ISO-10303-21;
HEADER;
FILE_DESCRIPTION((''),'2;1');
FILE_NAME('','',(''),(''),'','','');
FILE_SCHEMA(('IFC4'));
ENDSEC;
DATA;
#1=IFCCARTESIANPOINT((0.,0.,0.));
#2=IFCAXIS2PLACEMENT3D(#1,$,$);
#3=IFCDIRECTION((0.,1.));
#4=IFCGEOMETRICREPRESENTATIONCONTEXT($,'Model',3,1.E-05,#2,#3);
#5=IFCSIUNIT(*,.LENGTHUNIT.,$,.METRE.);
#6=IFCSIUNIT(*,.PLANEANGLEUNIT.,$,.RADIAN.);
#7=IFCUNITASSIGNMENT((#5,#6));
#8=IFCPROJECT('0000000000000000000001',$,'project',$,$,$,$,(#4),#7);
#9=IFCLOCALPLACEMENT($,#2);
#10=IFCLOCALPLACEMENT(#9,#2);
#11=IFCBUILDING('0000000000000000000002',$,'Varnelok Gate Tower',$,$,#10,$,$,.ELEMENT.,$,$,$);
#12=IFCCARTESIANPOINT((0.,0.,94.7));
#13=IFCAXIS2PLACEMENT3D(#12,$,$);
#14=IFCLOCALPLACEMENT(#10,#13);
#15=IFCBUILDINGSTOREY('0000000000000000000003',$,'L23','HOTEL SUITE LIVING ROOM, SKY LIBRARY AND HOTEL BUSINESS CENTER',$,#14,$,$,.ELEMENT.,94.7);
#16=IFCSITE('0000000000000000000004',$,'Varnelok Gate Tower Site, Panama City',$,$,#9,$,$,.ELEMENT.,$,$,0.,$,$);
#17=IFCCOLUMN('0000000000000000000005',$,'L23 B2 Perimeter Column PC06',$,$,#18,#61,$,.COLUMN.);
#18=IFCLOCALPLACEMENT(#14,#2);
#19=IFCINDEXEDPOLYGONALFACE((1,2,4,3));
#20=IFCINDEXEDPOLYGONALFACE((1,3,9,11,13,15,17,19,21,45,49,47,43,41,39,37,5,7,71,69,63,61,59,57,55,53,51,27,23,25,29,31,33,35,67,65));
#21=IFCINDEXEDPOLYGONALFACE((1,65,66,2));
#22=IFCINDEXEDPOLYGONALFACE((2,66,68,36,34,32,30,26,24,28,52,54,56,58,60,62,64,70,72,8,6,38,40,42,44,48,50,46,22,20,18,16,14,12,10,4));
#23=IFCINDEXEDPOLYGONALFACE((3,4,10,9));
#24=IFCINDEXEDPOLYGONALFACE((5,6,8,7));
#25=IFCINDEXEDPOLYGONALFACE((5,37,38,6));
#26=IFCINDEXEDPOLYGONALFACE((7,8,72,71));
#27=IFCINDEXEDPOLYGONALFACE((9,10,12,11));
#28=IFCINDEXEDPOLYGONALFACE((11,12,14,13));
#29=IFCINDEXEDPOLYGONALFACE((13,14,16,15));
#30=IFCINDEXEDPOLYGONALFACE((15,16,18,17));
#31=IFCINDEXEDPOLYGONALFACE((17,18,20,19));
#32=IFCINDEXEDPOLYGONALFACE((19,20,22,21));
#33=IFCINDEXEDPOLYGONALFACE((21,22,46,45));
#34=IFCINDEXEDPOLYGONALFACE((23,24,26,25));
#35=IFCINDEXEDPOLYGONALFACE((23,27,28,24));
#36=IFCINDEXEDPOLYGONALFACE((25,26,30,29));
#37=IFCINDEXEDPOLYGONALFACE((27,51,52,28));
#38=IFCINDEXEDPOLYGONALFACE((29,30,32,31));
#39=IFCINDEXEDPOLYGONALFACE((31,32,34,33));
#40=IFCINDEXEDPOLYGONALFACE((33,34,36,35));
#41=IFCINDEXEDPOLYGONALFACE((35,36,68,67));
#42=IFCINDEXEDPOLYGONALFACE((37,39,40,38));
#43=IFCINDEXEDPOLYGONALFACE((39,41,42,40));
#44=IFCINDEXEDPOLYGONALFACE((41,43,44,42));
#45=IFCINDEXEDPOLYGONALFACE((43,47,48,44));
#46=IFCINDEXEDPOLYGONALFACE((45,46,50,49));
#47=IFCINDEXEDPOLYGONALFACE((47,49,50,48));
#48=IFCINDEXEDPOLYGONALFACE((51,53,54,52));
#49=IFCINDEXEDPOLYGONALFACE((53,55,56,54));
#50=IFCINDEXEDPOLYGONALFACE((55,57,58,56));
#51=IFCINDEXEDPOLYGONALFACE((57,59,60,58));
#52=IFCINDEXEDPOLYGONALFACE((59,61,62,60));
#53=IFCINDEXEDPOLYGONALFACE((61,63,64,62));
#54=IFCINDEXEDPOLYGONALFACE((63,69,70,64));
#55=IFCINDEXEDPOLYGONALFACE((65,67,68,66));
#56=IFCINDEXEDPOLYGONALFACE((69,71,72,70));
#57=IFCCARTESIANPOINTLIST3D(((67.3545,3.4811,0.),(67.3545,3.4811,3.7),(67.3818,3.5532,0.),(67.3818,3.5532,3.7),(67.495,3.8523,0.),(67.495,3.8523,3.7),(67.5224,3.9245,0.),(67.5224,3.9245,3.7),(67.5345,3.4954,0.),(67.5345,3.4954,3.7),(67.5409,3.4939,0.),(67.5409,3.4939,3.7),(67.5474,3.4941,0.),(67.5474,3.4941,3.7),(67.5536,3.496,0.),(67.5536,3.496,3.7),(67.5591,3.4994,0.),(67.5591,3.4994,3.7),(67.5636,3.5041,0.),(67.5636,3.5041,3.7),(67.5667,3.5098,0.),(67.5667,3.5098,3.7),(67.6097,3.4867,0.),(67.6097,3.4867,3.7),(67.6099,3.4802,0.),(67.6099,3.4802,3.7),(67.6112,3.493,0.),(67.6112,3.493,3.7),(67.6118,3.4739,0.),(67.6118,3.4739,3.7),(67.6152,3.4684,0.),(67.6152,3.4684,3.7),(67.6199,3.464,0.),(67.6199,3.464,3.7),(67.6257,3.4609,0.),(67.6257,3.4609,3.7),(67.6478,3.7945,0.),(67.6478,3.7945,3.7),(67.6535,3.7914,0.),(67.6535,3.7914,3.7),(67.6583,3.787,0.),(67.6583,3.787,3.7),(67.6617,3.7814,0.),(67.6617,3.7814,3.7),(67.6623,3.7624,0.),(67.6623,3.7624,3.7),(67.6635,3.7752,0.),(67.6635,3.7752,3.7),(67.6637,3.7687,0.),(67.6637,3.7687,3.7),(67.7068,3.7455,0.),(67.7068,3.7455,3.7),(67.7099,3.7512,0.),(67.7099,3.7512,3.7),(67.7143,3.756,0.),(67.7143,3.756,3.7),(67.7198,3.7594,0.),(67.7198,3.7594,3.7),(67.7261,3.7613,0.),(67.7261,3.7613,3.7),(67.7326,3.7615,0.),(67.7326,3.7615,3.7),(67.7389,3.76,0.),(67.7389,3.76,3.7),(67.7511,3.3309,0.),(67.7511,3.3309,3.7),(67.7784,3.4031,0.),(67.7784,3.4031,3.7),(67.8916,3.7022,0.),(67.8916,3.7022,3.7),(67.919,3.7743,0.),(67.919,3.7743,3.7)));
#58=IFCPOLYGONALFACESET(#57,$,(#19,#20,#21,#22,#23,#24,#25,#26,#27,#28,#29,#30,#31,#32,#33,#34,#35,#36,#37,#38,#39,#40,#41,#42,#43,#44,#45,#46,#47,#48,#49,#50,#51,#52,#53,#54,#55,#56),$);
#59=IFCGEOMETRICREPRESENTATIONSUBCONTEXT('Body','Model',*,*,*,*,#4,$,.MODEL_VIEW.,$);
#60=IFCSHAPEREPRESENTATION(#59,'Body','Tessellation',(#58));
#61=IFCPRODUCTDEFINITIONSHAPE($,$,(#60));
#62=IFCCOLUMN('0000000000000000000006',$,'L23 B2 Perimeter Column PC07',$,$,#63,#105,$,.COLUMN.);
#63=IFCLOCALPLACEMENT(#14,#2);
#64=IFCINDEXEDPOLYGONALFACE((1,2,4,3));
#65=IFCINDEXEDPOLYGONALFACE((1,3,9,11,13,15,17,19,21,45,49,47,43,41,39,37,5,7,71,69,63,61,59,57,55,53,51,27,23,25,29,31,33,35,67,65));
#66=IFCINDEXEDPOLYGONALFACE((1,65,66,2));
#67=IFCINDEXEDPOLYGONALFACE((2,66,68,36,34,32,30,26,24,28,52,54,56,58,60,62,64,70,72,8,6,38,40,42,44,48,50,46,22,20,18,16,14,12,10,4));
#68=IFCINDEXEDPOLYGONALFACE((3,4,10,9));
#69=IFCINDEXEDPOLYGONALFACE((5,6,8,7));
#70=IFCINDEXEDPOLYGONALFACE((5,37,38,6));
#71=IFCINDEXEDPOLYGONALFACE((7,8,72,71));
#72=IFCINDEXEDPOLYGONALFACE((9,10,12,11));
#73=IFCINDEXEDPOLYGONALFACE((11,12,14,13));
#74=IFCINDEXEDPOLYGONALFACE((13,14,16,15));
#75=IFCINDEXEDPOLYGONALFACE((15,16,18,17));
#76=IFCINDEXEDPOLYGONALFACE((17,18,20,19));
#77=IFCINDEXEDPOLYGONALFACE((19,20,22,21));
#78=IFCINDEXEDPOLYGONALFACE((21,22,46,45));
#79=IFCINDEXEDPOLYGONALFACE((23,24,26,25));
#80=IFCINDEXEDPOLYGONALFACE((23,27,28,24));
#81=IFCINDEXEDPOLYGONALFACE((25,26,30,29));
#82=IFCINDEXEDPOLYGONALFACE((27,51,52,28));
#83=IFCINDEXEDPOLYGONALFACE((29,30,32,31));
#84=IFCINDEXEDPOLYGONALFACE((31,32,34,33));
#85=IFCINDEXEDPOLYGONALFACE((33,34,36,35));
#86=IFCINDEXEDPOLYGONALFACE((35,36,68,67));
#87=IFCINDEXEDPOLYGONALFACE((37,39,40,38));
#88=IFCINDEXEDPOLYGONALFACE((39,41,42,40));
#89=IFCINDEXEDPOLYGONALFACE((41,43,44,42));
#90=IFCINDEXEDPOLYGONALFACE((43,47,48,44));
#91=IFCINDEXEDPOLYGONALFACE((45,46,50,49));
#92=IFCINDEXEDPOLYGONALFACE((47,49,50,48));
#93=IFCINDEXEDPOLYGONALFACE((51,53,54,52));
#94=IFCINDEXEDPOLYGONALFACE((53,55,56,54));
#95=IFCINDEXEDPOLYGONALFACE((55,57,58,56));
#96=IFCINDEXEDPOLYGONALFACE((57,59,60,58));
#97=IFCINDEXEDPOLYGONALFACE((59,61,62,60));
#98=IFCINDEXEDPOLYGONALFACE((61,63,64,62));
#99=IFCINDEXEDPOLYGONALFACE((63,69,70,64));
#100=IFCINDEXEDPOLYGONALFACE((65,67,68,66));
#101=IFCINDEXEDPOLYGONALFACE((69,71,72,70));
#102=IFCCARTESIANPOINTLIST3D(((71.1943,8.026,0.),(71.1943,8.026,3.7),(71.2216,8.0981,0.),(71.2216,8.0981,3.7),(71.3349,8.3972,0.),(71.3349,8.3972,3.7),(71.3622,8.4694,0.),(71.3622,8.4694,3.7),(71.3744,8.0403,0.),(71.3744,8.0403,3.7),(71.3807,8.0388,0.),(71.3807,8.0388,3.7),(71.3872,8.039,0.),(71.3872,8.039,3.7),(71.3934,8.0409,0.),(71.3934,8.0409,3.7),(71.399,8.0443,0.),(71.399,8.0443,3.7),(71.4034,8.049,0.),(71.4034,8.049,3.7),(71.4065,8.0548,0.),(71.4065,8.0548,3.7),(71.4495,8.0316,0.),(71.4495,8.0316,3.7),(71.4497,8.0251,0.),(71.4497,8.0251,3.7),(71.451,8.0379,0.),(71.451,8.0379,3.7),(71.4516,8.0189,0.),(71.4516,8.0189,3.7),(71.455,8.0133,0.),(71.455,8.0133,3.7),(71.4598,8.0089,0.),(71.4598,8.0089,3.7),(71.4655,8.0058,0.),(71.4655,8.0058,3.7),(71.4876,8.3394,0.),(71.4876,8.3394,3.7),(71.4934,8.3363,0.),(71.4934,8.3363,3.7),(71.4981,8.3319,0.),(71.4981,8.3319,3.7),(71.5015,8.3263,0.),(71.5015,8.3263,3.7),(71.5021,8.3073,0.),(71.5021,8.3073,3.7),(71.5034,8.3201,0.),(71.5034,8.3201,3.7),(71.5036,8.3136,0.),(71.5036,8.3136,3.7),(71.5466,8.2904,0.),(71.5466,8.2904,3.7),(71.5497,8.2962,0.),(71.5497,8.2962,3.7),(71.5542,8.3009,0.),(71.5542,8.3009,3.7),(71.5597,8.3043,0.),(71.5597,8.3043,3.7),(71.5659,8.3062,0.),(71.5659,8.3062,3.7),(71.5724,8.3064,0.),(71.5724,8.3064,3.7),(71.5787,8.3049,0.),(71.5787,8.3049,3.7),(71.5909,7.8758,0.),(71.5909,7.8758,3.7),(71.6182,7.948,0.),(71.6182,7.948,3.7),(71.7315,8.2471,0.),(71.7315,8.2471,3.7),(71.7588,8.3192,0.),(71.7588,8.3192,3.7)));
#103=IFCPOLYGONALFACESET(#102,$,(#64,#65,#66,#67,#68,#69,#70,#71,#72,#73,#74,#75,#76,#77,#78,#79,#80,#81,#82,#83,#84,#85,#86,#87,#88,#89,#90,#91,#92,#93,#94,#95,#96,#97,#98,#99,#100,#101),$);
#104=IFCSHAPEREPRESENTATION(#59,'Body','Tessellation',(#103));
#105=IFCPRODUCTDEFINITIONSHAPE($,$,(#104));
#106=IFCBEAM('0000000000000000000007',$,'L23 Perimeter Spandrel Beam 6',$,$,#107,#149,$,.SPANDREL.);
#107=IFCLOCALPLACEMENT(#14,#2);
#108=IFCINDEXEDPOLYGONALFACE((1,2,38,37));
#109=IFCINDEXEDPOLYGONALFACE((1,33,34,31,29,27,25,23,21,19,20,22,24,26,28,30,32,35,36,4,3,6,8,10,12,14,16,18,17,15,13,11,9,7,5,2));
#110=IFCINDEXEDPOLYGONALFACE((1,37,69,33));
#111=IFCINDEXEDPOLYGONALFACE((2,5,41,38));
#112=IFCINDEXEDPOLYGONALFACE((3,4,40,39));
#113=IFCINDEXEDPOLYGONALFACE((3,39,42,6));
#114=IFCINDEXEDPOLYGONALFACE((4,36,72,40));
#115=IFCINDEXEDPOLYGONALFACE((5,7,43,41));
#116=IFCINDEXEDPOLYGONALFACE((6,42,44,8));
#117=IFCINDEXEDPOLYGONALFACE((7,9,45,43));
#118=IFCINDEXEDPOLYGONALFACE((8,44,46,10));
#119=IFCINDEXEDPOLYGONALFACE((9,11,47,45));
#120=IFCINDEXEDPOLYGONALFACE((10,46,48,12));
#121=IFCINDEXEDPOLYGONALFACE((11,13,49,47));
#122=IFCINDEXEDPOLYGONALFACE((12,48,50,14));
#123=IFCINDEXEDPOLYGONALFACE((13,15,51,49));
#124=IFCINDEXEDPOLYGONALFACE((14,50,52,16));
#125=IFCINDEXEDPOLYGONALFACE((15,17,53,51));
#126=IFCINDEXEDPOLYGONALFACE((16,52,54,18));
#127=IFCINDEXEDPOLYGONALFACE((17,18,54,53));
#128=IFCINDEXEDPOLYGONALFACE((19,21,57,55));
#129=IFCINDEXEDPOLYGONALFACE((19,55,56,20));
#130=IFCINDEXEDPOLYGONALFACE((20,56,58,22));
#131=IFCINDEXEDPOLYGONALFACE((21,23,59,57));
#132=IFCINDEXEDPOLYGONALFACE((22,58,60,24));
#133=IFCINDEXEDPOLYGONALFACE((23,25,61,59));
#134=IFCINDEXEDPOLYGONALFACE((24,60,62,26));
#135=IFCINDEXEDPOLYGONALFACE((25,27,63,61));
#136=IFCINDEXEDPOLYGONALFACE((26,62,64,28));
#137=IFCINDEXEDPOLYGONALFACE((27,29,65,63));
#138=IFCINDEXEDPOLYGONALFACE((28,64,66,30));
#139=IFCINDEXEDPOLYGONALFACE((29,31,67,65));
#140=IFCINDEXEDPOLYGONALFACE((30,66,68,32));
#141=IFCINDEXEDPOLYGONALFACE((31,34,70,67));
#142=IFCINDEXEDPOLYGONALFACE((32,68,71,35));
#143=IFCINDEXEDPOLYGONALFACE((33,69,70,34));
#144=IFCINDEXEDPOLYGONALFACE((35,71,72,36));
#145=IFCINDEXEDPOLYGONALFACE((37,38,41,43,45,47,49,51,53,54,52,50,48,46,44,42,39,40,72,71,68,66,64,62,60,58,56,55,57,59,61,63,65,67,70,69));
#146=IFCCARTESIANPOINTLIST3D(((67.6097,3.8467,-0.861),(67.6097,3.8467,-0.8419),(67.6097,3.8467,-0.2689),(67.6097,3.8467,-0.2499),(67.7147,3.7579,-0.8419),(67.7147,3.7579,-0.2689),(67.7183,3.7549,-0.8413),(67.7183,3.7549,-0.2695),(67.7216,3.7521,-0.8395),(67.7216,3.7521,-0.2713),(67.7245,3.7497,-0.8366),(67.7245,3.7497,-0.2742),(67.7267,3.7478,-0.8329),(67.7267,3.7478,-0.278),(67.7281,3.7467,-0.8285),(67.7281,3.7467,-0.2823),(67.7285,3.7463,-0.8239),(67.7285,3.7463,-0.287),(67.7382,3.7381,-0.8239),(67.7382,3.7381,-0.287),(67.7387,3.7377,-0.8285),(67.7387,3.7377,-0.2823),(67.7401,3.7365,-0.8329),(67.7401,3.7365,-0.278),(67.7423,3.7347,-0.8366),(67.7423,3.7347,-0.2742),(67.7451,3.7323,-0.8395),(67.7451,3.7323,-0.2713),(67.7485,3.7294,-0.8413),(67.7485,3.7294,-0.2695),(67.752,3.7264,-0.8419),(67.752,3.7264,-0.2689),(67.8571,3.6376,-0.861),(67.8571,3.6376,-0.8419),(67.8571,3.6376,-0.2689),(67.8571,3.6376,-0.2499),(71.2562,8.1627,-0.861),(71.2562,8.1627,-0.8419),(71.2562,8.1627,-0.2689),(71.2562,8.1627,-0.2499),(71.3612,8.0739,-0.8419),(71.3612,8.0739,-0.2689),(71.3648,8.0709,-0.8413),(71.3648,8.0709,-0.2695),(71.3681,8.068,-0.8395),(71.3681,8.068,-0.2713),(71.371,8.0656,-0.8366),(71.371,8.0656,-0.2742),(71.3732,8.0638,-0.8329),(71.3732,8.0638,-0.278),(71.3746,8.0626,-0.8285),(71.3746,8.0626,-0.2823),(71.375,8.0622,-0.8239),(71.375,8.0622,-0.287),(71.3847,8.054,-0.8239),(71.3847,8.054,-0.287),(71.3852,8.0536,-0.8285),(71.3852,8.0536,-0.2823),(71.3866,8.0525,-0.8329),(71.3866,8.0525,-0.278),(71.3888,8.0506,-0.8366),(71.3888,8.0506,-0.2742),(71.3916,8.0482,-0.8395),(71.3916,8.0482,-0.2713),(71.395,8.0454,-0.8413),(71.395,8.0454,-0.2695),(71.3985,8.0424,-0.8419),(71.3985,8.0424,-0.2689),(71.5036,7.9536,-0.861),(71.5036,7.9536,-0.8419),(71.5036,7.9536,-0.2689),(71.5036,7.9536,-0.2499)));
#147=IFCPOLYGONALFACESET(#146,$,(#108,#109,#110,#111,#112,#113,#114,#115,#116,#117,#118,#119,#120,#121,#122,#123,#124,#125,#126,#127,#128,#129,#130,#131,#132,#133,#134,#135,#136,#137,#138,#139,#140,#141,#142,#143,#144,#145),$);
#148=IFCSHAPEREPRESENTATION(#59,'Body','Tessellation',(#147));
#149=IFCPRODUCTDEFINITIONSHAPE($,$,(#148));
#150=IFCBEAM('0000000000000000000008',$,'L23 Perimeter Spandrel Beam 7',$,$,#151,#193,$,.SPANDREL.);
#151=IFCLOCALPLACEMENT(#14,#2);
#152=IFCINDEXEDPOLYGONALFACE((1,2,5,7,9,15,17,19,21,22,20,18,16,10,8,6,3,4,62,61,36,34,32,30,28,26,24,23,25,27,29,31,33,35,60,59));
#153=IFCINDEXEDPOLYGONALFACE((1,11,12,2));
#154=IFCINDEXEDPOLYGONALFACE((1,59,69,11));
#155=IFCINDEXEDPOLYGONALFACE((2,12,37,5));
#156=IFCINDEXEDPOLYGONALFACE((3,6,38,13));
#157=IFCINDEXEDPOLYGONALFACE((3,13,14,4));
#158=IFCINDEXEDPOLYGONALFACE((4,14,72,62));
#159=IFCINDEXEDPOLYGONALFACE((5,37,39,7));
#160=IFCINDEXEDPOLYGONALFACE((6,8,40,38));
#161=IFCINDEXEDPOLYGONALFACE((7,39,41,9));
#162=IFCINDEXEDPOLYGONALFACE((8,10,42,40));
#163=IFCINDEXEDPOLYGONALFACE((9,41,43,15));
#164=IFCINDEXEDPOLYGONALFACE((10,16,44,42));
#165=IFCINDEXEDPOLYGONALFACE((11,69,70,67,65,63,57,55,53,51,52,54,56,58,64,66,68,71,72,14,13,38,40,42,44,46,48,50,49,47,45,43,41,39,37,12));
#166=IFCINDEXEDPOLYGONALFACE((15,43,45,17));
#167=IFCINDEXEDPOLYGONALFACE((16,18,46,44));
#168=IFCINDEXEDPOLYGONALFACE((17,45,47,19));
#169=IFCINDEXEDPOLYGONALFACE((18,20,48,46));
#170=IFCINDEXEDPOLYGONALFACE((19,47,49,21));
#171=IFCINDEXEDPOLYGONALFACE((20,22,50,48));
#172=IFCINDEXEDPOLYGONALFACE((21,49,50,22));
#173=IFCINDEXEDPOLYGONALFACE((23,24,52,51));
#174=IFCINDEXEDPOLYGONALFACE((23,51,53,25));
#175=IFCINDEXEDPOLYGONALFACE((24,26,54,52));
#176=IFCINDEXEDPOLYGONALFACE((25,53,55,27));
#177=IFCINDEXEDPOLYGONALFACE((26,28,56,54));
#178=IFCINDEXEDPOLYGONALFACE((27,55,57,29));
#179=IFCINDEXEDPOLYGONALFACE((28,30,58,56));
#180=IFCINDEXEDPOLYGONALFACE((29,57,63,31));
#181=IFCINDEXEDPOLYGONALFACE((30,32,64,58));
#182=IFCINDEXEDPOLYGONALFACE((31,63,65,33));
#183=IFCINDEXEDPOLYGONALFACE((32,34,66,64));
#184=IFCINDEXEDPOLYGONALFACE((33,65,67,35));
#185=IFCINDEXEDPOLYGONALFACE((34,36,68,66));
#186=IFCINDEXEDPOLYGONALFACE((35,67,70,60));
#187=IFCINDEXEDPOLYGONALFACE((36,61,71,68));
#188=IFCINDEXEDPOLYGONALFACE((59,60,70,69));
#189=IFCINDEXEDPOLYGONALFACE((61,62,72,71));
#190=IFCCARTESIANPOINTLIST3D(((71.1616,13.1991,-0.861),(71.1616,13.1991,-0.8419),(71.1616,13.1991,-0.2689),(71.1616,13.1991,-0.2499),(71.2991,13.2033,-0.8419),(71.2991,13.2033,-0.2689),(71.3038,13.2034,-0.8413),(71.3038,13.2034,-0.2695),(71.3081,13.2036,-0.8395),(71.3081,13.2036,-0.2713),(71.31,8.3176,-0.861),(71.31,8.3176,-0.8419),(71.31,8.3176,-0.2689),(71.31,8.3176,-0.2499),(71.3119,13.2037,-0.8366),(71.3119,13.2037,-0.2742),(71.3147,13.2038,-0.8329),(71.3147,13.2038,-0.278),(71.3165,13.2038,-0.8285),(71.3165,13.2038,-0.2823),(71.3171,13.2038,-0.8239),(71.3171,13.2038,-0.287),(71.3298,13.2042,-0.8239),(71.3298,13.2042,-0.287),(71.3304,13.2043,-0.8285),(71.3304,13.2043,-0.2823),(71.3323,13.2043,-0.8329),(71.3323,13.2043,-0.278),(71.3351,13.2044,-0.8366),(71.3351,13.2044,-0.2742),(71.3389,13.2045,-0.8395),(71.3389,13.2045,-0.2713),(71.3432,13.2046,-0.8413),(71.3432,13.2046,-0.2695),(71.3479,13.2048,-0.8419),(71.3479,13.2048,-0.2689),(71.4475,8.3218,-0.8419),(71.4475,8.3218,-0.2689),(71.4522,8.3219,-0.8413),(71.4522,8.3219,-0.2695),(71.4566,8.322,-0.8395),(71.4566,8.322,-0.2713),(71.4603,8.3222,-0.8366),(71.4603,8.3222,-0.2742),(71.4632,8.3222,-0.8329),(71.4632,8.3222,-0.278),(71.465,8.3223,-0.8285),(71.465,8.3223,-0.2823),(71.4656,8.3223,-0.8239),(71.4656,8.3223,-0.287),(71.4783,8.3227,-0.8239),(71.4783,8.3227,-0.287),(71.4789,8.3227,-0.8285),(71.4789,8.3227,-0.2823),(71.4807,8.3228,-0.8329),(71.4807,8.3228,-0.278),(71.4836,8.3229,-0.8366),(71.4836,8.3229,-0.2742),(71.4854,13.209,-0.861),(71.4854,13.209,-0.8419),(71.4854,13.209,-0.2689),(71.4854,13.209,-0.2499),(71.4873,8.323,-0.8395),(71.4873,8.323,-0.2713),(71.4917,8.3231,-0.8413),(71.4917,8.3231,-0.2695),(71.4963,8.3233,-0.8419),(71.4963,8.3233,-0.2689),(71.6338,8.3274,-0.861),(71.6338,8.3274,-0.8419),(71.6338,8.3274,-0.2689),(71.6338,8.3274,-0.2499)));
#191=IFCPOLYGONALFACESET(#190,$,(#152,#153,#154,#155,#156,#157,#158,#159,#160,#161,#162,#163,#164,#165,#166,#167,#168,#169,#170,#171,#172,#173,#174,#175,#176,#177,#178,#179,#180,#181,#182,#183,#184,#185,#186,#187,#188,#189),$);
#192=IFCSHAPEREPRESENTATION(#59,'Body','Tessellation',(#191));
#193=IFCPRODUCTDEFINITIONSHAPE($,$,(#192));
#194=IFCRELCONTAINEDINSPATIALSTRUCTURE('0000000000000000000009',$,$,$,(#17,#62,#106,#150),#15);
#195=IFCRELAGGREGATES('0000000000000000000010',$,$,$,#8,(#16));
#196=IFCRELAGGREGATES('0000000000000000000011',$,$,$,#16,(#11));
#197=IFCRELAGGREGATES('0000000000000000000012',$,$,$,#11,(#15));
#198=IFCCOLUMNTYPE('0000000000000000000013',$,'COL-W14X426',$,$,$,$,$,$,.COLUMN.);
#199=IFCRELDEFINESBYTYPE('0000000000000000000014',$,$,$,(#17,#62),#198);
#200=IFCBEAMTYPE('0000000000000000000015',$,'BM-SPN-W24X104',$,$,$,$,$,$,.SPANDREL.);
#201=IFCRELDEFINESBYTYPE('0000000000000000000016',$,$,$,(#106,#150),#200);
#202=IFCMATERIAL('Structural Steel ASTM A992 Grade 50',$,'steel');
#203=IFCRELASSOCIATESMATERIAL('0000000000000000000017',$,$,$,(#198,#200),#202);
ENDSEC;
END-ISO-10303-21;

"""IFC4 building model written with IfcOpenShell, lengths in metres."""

from ifc_helpers import new_model, si_unit, direction, frame, origin, origin_2d, place, context, subcontext, project, spatial, i_section, extrude, material, material_profile, profile_set, type_object, element, save


model = new_model("IFC4")

# Units and contexts
model_context = context("Model", 3, precision=1e-05, world=origin(), true_north=direction((0.0, 1.0)))
body_context = subcontext(model_context, "Body", "Model", "MODEL_VIEW")
ifc_project = project(units=[si_unit("LENGTHUNIT", "METRE"), si_unit("PLANEANGLEUNIT", "RADIAN")], contexts=[model_context])

# Site, building, storey
site_placement = place(None, origin())
site = spatial("IfcSite", under=ifc_project, at=site_placement, Name="Varnelok Gate Tower Site, Panama City", CompositionType="ELEMENT", RefElevation=0.0)
building_placement = place(site_placement, origin())
building = spatial("IfcBuilding", under=site, at=building_placement, Name="Varnelok Gate Tower", CompositionType="ELEMENT")
storey_placement = place(building_placement, frame((0.0, 0.0, 94.7)))
storey = spatial("IfcBuildingStorey", under=building, at=storey_placement, Name="L23", Description="HOTEL SUITE LIVING ROOM, SKY LIBRARY AND HOTEL BUSINESS CENTER", CompositionType="ELEMENT", Elevation=94.7)

# Columns
ifc_material_1 = material(Name="Structural Steel ASTM A992 Grade 50", Category="steel")
ifc_material_profile_1 = material_profile(ifc_material_1, i_section(OverallWidth=0.4241, OverallDepth=0.4741, WebThickness=0.0476, FlangeThickness=0.0771, FilletRadius=0.0249, at=origin_2d()), Name="W14X426")
ifc_profile_set_1 = profile_set([ifc_material_profile_1], Name="Structural Steel ASTM A992 Grade 50")
column_type = type_object("IfcColumnType", Name="COL-W14X426", PredefinedType="COLUMN", material=ifc_profile_set_1)
for number, where, z_axis, x_axis, name in (
    (1, (67.6367, 3.6277, 0.0), (0.0, 0.0, 1.0), (0.935222, -0.354063, 0.0), "L23 B2 Perimeter Column PC06"),
    (2, (71.4766, 8.1726, 0.0), (0.0, 0.0, 1.0), (0.935222, -0.354063, 0.0), "L23 B2 Perimeter Column PC07"),
):
    element("IfcColumn", number, at=place(storey_placement, frame(where, z_axis=z_axis, x_axis=x_axis)), inside=storey, type_object=column_type, Name=name, PredefinedType="COLUMN", context=body_context, shape_type="SweptSolid", body=[
        extrude(i_section(OverallWidth=0.4241, OverallDepth=0.4741, WebThickness=0.0476, FlangeThickness=0.0771, FilletRadius=0.0249, at=origin_2d()), origin(), (0.0, 0.0, 1.0), 3.7),
    ])

# Beams
ifc_material_profile_2 = material_profile(ifc_material_1, i_section(OverallWidth=0.324, OverallDepth=0.6111, WebThickness=0.0127, FlangeThickness=0.019, FilletRadius=0.0181, at=origin_2d()), Name="W24X104")
ifc_profile_set_2 = profile_set([ifc_material_profile_2], Name="Structural Steel ASTM A992 Grade 50")
beam_type = type_object("IfcBeamType", Name="BM-SPN-W24X104", PredefinedType="SPANDREL", material=ifc_profile_set_2)
beam_1_placement = place(storey_placement, frame((67.7334, 3.7422, -0.5554), z_axis=(0.64538, 0.763861, 0.0), x_axis=(-0.763861, 0.64538, 0.0)))
element("IfcBeam", 3, at=beam_1_placement, inside=storey, type_object=beam_type, Name="L23 Perimeter Spandrel Beam 6", PredefinedType="SPANDREL", context=body_context, shape_type="SweptSolid", body=[
    extrude(i_section(OverallWidth=0.324, OverallDepth=0.6111, WebThickness=0.0127, FlangeThickness=0.019, FilletRadius=0.0181, at=origin_2d()), origin(), (0.0, 0.0, 1.0), 5.6501),
])
beam_2_placement = place(storey_placement, frame((71.4719, 8.3225, -0.5554), z_axis=(-0.030394, 0.999538, 0.0), x_axis=(-0.999538, -0.030394, 0.0)))
element("IfcBeam", 4, at=beam_2_placement, inside=storey, type_object=beam_type, Name="L23 Perimeter Spandrel Beam 7", PredefinedType="SPANDREL", context=body_context, shape_type="SweptSolid", body=[
    extrude(i_section(OverallWidth=0.324, OverallDepth=0.6111, WebThickness=0.0127, FlangeThickness=0.019, FilletRadius=0.0181, at=origin_2d()), origin(), (0.0, 0.0, 1.0), 4.8838),
])

save(model, "model.ifc")
